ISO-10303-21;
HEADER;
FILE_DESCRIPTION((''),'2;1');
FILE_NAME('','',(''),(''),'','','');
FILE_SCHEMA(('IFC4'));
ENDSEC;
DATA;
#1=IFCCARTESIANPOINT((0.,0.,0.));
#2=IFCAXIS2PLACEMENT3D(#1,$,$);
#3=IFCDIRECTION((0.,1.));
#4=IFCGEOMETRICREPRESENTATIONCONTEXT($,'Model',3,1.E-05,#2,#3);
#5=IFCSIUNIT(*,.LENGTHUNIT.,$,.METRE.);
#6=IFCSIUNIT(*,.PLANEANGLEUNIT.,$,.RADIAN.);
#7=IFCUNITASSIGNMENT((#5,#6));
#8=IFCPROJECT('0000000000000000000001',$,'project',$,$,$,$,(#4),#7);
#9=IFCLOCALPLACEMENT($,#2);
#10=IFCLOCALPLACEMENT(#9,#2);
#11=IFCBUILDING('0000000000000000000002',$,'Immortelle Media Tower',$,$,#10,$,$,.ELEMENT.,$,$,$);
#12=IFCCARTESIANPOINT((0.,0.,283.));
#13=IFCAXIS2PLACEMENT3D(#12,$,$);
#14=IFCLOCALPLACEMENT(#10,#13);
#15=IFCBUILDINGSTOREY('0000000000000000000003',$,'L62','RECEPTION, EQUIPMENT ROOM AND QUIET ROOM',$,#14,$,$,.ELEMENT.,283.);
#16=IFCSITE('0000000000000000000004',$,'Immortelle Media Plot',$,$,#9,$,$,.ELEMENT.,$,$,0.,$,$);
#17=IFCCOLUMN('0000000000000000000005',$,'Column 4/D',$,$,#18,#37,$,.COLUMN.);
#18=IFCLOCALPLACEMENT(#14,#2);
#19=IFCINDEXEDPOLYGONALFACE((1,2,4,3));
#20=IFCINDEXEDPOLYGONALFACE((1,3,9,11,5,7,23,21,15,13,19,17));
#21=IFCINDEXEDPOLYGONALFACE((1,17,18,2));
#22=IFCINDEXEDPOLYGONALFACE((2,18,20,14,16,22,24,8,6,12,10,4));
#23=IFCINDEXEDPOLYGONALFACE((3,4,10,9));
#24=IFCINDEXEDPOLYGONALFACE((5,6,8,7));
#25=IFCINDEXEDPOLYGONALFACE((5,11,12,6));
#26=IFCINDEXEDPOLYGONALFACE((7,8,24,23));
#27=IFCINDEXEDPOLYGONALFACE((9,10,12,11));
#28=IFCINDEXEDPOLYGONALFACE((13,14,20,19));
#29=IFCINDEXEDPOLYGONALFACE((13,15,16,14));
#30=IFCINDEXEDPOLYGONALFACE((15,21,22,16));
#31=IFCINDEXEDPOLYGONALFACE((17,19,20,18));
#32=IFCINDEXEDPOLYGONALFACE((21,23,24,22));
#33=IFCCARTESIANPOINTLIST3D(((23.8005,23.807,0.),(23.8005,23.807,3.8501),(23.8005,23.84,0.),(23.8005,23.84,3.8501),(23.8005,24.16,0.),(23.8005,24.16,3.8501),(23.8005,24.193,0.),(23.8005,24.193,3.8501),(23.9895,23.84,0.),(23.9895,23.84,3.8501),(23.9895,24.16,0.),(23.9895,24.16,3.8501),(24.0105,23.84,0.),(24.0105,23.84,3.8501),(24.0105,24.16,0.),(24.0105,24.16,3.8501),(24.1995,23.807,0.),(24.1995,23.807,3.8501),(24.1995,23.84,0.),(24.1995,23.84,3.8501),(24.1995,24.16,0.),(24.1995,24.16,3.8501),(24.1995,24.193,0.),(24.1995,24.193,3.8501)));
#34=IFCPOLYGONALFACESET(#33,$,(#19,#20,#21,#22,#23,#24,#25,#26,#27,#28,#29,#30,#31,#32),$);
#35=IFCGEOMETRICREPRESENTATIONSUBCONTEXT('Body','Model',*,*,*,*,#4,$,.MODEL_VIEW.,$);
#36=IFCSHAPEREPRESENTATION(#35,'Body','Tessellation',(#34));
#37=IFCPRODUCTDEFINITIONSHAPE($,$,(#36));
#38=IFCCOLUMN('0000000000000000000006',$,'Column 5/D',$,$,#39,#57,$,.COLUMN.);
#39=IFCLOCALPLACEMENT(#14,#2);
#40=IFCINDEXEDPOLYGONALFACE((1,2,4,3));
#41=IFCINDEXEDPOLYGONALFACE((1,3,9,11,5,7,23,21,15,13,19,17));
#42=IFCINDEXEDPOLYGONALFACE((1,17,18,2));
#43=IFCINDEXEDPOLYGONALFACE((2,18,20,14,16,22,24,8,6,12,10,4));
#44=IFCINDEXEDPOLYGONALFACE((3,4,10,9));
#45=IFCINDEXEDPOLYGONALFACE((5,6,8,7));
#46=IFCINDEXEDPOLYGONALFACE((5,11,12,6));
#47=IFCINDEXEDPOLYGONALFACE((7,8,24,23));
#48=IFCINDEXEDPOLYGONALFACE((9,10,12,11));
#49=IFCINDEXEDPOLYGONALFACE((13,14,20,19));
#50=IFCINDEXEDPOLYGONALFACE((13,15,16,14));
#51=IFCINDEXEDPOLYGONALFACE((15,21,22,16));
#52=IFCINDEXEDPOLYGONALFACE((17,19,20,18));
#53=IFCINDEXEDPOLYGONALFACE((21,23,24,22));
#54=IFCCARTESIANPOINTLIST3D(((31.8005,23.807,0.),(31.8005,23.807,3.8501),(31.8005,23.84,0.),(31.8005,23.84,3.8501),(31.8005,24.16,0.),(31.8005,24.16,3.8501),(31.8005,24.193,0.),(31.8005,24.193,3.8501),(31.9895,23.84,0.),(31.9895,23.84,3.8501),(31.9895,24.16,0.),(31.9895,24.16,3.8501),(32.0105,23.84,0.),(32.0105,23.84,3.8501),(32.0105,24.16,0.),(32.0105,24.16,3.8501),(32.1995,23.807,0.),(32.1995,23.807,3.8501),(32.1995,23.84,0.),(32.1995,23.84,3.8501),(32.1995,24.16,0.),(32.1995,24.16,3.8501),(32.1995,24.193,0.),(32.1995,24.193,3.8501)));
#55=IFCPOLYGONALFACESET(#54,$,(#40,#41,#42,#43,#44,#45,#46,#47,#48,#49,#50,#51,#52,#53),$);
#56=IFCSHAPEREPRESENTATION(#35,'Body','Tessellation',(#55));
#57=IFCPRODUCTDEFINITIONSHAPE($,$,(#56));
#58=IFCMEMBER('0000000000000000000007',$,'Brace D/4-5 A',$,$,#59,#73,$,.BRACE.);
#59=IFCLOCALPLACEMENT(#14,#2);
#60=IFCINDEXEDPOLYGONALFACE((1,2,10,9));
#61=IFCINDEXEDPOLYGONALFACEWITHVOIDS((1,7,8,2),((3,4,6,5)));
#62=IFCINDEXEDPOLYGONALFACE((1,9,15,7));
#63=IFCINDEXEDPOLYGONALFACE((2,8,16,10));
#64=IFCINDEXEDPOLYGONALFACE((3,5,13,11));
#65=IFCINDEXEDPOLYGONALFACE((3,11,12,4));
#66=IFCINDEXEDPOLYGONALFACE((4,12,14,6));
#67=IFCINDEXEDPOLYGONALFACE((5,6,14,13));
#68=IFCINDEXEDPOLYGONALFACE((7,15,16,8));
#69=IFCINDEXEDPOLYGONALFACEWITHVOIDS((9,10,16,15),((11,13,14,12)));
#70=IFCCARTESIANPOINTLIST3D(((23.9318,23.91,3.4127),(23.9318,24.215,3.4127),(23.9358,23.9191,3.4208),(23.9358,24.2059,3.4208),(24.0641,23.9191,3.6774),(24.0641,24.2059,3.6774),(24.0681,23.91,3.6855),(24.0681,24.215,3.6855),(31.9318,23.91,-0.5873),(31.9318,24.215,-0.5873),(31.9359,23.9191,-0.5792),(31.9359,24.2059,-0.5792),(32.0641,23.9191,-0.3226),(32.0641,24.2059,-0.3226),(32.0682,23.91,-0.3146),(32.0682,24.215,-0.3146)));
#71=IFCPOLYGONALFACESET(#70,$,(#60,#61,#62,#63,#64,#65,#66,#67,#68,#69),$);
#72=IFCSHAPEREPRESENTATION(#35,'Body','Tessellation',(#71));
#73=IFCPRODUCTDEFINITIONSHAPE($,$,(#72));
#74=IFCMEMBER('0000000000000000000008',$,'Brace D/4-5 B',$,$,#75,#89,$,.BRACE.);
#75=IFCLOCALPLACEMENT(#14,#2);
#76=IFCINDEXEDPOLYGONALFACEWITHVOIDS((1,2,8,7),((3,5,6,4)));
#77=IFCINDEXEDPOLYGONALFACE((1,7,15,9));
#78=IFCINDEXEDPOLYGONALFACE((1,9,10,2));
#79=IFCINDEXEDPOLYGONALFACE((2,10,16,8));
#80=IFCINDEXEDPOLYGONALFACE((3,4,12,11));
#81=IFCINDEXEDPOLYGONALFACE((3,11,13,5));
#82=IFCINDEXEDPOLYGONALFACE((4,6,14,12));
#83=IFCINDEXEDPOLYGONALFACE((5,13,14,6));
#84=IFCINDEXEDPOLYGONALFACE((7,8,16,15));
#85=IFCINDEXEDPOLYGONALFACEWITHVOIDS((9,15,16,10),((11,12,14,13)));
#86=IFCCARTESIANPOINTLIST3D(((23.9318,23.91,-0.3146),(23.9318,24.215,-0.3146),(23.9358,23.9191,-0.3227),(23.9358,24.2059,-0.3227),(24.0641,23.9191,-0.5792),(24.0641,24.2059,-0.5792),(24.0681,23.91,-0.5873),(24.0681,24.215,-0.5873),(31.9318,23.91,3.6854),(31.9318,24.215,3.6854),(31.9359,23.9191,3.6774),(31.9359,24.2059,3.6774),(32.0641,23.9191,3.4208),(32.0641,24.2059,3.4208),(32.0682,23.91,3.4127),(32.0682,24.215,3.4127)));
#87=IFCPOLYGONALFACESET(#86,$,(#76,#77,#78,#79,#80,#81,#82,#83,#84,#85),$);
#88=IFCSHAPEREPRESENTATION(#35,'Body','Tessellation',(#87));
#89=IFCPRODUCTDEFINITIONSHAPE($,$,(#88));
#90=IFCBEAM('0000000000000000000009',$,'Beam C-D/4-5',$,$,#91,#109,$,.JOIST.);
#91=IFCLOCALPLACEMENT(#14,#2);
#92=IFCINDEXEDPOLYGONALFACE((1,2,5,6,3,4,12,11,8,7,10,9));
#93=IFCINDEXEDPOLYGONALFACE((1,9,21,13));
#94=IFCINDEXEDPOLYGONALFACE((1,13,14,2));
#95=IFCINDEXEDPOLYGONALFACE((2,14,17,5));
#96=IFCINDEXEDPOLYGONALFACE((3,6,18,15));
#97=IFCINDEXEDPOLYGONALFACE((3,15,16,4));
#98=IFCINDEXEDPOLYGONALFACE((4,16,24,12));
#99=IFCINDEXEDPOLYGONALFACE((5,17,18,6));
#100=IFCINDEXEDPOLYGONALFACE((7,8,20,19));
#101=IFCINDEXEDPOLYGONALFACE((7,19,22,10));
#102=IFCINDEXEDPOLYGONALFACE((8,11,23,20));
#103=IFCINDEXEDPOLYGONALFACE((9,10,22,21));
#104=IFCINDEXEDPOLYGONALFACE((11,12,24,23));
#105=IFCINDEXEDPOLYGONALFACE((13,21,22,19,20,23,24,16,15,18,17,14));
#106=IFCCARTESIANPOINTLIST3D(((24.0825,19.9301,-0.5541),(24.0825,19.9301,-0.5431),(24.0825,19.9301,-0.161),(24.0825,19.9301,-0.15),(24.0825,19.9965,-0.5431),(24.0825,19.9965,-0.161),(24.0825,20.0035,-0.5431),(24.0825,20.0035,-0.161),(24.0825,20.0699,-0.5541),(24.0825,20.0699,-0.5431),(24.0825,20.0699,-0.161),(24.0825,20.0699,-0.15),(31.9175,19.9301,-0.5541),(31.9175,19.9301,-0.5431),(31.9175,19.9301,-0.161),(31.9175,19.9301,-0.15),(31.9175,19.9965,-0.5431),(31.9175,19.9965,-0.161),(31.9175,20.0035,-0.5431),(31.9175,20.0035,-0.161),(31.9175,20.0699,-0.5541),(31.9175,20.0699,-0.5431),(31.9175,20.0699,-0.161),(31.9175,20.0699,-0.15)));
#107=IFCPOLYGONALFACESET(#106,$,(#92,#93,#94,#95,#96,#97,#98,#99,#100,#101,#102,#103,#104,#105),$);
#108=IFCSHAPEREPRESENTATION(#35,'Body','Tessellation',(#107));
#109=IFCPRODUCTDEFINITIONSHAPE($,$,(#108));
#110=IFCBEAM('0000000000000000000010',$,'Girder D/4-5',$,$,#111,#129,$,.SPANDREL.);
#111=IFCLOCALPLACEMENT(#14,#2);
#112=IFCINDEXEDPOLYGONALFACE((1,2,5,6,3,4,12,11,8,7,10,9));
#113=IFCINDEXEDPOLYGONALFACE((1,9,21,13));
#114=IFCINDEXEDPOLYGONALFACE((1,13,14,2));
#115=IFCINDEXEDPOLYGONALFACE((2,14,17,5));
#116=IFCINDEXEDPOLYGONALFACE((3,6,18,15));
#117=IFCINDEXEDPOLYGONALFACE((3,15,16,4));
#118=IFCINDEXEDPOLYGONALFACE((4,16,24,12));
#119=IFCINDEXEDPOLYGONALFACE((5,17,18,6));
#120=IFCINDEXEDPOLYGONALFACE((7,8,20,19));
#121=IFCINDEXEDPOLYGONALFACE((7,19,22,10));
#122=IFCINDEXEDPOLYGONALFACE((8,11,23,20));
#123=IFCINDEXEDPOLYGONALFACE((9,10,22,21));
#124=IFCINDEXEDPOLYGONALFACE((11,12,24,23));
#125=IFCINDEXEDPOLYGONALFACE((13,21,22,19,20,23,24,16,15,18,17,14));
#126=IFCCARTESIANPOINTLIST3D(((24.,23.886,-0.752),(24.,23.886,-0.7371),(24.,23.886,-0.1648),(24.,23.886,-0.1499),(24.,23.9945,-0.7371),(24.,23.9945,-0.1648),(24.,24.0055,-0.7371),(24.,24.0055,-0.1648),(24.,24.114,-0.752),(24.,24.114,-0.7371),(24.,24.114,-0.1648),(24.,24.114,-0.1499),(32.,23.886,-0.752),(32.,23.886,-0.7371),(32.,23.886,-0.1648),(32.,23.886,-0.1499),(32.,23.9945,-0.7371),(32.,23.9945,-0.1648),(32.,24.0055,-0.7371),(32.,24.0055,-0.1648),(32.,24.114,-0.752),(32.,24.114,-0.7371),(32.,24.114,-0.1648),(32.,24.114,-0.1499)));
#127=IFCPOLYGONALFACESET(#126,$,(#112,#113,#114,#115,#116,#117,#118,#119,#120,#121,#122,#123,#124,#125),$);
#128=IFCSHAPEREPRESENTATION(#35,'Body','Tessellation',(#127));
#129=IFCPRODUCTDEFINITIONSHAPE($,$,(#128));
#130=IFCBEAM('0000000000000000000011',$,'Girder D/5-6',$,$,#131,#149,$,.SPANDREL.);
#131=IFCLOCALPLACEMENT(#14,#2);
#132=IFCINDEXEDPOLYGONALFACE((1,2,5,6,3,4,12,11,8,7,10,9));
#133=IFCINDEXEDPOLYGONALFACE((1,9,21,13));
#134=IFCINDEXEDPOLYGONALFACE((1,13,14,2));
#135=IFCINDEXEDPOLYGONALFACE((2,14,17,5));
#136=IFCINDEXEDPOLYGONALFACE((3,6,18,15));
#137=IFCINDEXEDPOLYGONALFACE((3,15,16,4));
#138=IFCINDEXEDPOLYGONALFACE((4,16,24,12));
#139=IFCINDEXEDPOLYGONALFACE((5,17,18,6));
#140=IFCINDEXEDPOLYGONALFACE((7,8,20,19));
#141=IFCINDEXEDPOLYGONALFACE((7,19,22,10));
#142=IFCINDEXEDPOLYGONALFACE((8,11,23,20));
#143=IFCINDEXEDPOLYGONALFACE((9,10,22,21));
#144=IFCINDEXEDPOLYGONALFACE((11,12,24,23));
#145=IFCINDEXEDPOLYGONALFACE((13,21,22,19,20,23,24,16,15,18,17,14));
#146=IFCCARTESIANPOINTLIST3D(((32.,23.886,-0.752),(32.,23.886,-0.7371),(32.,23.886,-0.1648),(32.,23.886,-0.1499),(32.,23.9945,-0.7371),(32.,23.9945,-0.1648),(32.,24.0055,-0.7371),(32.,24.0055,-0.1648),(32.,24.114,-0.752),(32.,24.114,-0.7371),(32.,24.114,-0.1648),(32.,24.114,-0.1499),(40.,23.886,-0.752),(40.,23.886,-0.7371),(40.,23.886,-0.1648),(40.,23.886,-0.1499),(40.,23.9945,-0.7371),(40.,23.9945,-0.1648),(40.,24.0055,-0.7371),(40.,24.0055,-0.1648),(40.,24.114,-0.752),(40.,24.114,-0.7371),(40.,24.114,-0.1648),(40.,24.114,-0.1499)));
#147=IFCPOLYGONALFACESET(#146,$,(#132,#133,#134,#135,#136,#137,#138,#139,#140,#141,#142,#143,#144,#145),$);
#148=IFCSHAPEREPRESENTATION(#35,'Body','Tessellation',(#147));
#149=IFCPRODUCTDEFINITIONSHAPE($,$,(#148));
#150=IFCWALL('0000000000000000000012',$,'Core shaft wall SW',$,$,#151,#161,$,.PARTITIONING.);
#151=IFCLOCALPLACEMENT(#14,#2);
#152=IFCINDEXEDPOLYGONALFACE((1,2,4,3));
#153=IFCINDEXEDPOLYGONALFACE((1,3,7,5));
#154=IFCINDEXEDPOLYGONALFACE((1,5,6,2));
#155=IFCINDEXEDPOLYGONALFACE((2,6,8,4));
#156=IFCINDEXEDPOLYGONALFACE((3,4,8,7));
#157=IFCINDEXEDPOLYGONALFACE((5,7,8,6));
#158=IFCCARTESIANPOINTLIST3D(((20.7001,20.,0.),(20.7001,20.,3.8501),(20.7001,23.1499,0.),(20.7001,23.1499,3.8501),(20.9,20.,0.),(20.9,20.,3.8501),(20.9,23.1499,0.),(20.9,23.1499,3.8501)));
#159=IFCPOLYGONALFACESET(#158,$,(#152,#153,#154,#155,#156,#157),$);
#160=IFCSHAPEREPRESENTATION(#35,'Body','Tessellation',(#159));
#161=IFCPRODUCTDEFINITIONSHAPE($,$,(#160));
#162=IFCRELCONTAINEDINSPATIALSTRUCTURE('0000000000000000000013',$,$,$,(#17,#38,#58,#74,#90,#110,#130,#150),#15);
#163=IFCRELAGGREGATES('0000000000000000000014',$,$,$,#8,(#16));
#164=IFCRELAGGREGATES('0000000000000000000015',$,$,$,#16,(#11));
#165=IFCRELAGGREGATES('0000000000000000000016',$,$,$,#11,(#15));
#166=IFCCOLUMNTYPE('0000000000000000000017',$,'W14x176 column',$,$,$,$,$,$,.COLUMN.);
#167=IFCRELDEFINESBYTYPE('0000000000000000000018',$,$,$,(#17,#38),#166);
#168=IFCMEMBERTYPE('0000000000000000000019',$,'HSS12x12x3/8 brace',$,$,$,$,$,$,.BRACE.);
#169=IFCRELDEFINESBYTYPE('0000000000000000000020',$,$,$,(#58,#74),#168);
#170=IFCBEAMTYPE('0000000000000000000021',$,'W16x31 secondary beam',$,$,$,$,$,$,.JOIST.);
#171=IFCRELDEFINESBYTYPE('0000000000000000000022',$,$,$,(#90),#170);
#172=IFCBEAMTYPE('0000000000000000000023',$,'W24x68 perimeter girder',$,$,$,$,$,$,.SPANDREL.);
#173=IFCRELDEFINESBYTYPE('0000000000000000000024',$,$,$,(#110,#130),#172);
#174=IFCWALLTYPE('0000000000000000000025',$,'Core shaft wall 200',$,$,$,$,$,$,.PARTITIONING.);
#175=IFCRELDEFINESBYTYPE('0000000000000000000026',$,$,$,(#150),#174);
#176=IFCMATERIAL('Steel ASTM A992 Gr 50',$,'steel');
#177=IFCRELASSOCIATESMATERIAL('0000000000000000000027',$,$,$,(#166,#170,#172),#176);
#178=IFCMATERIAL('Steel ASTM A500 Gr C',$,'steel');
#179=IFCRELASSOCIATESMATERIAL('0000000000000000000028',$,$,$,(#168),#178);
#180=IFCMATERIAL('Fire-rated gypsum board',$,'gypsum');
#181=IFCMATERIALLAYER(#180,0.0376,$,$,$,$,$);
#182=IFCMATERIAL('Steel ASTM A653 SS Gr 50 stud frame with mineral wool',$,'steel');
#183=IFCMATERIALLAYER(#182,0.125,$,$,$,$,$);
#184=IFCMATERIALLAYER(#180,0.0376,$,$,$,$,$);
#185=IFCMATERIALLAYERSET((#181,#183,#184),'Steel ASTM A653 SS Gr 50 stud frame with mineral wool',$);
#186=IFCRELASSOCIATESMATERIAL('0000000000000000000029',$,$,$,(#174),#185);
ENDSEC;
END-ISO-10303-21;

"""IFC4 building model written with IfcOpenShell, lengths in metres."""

from ifc_helpers import new_model, si_unit, direction, frame, frame_2d, origin, origin_2d, place, context, subcontext, project, spatial, rectangle, hollow_rectangle, i_section, extrude, material, layer, layer_set, material_profile, profile_set, type_object, element, save


model = new_model("IFC4")

# Units and contexts
model_context = context("Model", 3, precision=1e-05, world=origin(), true_north=direction((0.0, 1.0)))
body_context = subcontext(model_context, "Body", "Model", "MODEL_VIEW")
ifc_project = project(units=[si_unit("LENGTHUNIT", "METRE"), si_unit("PLANEANGLEUNIT", "RADIAN")], contexts=[model_context])

# Site, building, storey
site_placement = place(None, origin())
site = spatial("IfcSite", under=ifc_project, at=site_placement, Name="Immortelle Media Plot", CompositionType="ELEMENT", RefElevation=0.0)
building_placement = place(site_placement, origin())
building = spatial("IfcBuilding", under=site, at=building_placement, Name="Immortelle Media Tower", CompositionType="ELEMENT")
storey_placement = place(building_placement, frame((0.0, 0.0, 283.0)))
storey = spatial("IfcBuildingStorey", under=building, at=storey_placement, Name="L62", Description="RECEPTION, EQUIPMENT ROOM AND QUIET ROOM", CompositionType="ELEMENT", Elevation=283.0)

# Columns
ifc_material_1 = material(Name="Steel ASTM A992 Gr 50", Category="steel")
ifc_material_profile_1 = material_profile(ifc_material_1, i_section(OverallWidth=0.3989, OverallDepth=0.386, WebThickness=0.021, FlangeThickness=0.033, at=origin_2d()), Name="W14x176")
ifc_profile_set_1 = profile_set([ifc_material_profile_1], Name="Steel ASTM A992 Gr 50")
column_type = type_object("IfcColumnType", Name="W14x176 column", PredefinedType="COLUMN", material=ifc_profile_set_1)
for number, where, z_axis, x_axis, name in (
    (1, (24.0, 24.0, 0.0), (0.0, 0.0, 1.0), (1.0, 0.0, 0.0), "Column 4/D"),
    (2, (32.0, 24.0, 0.0), (0.0, 0.0, 1.0), (1.0, 0.0, 0.0), "Column 5/D"),
):
    element("IfcColumn", number, at=place(storey_placement, frame(where, z_axis=z_axis, x_axis=x_axis)), inside=storey, type_object=column_type, Name=name, PredefinedType="COLUMN", context=body_context, shape_type="SweptSolid", body=[
        extrude(i_section(OverallWidth=0.3989, OverallDepth=0.386, WebThickness=0.021, FlangeThickness=0.033, at=origin_2d()), origin(), (0.0, 0.0, 1.0), 3.8501),
    ])

# Members
ifc_material_2 = material(Name="Steel ASTM A500 Gr C", Category="steel")
ifc_material_profile_2 = material_profile(ifc_material_2, hollow_rectangle(XDim=0.3049, YDim=0.3049, WallThickness=0.009, at=origin_2d()), Name="HSS12x12x3/8 brace")
ifc_profile_set_2 = profile_set([ifc_material_profile_2], Name="Steel ASTM A500 Gr C")
member_type = type_object("IfcMemberType", Name="HSS12x12x3/8 brace", PredefinedType="BRACE", material=ifc_profile_set_2)
for number, where, z_axis, x_axis, name in (
    (3, (32.0, 24.0625, -0.4509), (-0.894427, 0.0, 0.447214), (0.0, -1.0, 0.0), "Brace D/4-5 A"),
    (4, (32.0, 24.0625, 3.5491), (-0.894427, 0.0, -0.447214), (0.0, -1.0, 0.0), "Brace D/4-5 B"),
):
    element("IfcMember", number, at=place(storey_placement, frame(where, z_axis=z_axis, x_axis=x_axis)), inside=storey, type_object=member_type, Name=name, PredefinedType="BRACE", context=body_context, shape_type="SweptSolid", body=[
        extrude(hollow_rectangle(XDim=0.3049, YDim=0.3049, WallThickness=0.009, at=origin_2d()), origin(), (0.0, 0.0, 1.0), 8.9443),
    ])

# Beams
ifc_material_profile_3 = material_profile(ifc_material_1, i_section(OverallWidth=0.1399, OverallDepth=0.4041, WebThickness=0.0071, FlangeThickness=0.011, at=origin_2d()), Name="W16x31")
ifc_profile_set_3 = profile_set([ifc_material_profile_3], Name="Steel ASTM A992 Gr 50")
beam_type_1 = type_object("IfcBeamType", Name="W16x31 secondary beam", PredefinedType="JOIST", material=ifc_profile_set_3)
beam_placement = place(storey_placement, frame((24.0825, 20.0, -0.3521), z_axis=(1.0, 0.0, 0.0), x_axis=(0.0, 1.0, 0.0)))
element("IfcBeam", 5, at=beam_placement, inside=storey, type_object=beam_type_1, Name="Beam C-D/4-5", PredefinedType="JOIST", context=body_context, shape_type="SweptSolid", body=[
    extrude(i_section(OverallWidth=0.1399, OverallDepth=0.4041, WebThickness=0.0071, FlangeThickness=0.011, at=origin_2d()), origin(), (0.0, 0.0, 1.0), 7.835),
])
ifc_material_profile_4 = material_profile(ifc_material_1, i_section(OverallWidth=0.228, OverallDepth=0.6021, WebThickness=0.011, FlangeThickness=0.0149, at=origin_2d()), Name="W24x68")
ifc_profile_set_4 = profile_set([ifc_material_profile_4], Name="Steel ASTM A992 Gr 50")
beam_type_2 = type_object("IfcBeamType", Name="W24x68 perimeter girder", PredefinedType="SPANDREL", material=ifc_profile_set_4)
for number, where, z_axis, x_axis, name in (
    (6, (24.0, 24.0, -0.4509), (1.0, 0.0, 0.0), (0.0, 1.0, 0.0), "Girder D/4-5"),
    (7, (32.0, 24.0, -0.4509), (1.0, 0.0, 0.0), (0.0, 1.0, 0.0), "Girder D/5-6"),
):
    element("IfcBeam", number, at=place(storey_placement, frame(where, z_axis=z_axis, x_axis=x_axis)), inside=storey, type_object=beam_type_2, Name=name, PredefinedType="SPANDREL", context=body_context, shape_type="SweptSolid", body=[
        extrude(i_section(OverallWidth=0.228, OverallDepth=0.6021, WebThickness=0.011, FlangeThickness=0.0149, at=origin_2d()), origin(), (0.0, 0.0, 1.0), 8.0),
    ])

# Wall
ifc_material_3 = material(Name="Fire-rated gypsum board", Category="gypsum")
ifc_layer_1 = layer(ifc_material_3, 0.0376)
ifc_material_4 = material(Name="Steel ASTM A653 SS Gr 50 stud frame with mineral wool", Category="steel")
ifc_layer_2 = layer(ifc_material_4, 0.125)
ifc_layer_3 = layer(ifc_material_3, 0.0376)
ifc_layer_set_1 = layer_set([ifc_layer_1, ifc_layer_2, ifc_layer_3], Name="Steel ASTM A653 SS Gr 50 stud frame with mineral wool")
wall_type_1 = type_object("IfcWallType", Name="Core shaft wall 200", PredefinedType="PARTITIONING", material=ifc_layer_set_1)
wall_1_placement = place(storey_placement, frame((20.8, 20.0, 0.0), z_axis=(0.0, 0.0, 1.0), x_axis=(0.0, 1.0, 0.0)))
element("IfcWall", 8, at=wall_1_placement, inside=storey, type_object=wall_type_1, Name="Core shaft wall SW", PredefinedType="PARTITIONING", context=body_context, shape_type="SweptSolid", body=[
    extrude(rectangle(XDim=3.1499, YDim=0.2, at=frame_2d((1.575, 0.0))), origin(), (0.0, 0.0, 1.0), 3.8501),
])

save(model, "model.ifc")
